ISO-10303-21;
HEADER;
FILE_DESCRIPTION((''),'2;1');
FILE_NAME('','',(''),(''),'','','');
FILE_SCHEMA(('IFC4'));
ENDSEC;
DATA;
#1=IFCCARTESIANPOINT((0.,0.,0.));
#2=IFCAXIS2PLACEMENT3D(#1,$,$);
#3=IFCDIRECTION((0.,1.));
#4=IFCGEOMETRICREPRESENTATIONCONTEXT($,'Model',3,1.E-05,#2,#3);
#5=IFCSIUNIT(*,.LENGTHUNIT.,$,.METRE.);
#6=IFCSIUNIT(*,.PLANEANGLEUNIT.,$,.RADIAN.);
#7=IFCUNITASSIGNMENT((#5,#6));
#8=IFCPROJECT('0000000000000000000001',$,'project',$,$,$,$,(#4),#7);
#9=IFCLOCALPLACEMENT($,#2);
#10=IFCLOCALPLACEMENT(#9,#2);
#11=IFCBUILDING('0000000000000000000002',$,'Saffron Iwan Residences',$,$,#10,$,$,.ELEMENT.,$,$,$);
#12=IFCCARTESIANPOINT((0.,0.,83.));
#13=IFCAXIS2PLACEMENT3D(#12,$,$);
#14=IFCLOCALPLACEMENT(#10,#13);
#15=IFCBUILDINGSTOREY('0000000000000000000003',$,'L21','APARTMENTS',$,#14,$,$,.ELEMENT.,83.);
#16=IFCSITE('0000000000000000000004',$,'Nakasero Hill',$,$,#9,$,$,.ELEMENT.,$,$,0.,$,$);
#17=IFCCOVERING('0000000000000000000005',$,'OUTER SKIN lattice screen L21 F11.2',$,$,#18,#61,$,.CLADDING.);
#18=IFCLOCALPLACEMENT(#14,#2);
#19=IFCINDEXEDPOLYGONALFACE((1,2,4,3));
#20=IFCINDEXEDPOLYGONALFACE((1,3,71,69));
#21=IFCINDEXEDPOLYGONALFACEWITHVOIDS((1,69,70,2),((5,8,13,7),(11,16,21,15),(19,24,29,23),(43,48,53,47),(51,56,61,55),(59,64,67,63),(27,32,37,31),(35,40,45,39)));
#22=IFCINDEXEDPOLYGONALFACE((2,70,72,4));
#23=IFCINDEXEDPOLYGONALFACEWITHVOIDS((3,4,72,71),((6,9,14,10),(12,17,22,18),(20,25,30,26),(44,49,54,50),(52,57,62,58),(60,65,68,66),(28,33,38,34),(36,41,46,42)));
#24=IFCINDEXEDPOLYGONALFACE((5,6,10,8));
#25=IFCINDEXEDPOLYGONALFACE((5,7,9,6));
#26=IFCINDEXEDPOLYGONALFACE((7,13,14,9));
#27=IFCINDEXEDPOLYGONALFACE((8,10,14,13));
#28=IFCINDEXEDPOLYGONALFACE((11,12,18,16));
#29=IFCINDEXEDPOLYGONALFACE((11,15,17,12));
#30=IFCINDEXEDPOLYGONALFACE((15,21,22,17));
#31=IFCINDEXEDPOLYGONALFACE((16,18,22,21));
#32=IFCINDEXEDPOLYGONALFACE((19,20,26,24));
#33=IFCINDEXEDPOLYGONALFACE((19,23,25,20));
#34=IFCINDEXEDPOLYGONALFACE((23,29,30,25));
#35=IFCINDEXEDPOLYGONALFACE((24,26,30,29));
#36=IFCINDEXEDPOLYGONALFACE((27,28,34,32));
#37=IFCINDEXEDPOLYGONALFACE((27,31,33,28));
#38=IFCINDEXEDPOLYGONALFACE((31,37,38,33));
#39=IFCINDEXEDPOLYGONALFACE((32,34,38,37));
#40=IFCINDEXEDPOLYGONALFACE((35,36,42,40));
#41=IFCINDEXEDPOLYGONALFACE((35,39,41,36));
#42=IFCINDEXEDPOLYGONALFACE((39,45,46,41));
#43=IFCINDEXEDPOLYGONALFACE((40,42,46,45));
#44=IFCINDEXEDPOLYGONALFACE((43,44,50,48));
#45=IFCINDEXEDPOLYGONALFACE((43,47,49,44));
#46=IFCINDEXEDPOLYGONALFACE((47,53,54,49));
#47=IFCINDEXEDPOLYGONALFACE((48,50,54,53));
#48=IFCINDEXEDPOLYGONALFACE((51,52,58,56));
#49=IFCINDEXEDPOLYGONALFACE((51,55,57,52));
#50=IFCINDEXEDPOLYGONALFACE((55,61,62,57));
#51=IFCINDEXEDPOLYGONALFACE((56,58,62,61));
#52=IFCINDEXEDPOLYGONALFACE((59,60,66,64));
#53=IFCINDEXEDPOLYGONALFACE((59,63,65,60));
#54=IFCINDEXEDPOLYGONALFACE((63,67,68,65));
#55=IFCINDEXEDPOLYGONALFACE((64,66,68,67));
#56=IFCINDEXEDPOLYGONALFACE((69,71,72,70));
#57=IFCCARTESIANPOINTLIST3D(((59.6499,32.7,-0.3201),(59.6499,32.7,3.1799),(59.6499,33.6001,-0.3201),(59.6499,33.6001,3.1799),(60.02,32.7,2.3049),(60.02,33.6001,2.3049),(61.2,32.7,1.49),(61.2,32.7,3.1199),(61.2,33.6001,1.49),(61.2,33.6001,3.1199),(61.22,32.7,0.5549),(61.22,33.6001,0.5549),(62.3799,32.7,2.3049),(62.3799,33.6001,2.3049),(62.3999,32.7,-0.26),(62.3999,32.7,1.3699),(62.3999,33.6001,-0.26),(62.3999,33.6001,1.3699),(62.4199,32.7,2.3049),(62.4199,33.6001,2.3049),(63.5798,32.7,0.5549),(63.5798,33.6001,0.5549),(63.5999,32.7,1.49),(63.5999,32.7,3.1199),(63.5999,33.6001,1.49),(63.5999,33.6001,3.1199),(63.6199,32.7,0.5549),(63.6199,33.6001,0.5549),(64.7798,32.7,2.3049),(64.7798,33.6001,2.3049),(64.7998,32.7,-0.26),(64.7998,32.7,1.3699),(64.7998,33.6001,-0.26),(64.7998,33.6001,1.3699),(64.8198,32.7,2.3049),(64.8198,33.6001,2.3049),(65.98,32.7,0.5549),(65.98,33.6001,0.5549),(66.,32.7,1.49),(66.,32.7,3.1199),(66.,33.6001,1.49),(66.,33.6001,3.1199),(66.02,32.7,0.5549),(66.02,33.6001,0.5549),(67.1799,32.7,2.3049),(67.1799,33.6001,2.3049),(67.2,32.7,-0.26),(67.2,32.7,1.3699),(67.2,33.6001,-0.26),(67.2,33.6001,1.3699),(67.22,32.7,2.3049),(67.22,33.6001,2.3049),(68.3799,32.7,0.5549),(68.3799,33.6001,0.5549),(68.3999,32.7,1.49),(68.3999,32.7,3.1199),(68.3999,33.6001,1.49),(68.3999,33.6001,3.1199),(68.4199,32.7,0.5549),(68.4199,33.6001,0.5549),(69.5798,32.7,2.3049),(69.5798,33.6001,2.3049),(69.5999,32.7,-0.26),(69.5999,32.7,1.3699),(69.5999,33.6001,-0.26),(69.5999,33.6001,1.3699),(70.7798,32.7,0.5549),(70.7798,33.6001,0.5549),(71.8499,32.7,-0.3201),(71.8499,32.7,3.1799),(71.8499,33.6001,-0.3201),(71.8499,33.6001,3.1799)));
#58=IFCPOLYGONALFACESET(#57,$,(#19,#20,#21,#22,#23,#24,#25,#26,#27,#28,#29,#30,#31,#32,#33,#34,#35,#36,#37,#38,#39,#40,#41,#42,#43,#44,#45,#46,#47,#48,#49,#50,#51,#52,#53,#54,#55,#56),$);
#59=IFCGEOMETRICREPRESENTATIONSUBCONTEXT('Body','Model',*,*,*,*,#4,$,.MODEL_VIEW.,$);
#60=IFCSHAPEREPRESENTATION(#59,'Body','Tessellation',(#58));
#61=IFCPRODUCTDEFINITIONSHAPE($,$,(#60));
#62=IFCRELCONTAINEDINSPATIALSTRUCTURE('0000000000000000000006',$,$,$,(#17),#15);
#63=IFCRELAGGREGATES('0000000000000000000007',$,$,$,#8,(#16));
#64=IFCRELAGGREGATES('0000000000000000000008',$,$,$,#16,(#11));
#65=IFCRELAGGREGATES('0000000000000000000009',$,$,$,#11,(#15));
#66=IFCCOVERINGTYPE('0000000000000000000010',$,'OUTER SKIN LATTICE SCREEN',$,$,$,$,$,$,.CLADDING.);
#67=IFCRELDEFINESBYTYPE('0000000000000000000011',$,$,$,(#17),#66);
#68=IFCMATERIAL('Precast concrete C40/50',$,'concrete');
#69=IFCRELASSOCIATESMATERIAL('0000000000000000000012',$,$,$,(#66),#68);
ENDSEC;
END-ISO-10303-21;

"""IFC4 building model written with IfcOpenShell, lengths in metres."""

from ifc_helpers import new_model, si_unit, direction, frame, origin, place, context, subcontext, project, spatial, polyline, outline, extrude, material, type_object, element, save


model = new_model("IFC4")

# Units and contexts
model_context = context("Model", 3, precision=1e-05, world=origin(), true_north=direction((0.0, 1.0)))
body_context = subcontext(model_context, "Body", "Model", "MODEL_VIEW")
ifc_project = project(units=[si_unit("LENGTHUNIT", "METRE"), si_unit("PLANEANGLEUNIT", "RADIAN")], contexts=[model_context])

# Site, building, storey
site_placement = place(None, origin())
site = spatial("IfcSite", under=ifc_project, at=site_placement, Name="Nakasero Hill", CompositionType="ELEMENT", RefElevation=0.0)
building_placement = place(site_placement, origin())
building = spatial("IfcBuilding", under=site, at=building_placement, Name="Saffron Iwan Residences", CompositionType="ELEMENT")
storey_placement = place(building_placement, frame((0.0, 0.0, 83.0)))
storey = spatial("IfcBuildingStorey", under=building, at=storey_placement, Name="L21", Description="APARTMENTS", CompositionType="ELEMENT", Elevation=83.0)

# Covering
ifc_material_1 = material(Name="Precast concrete C40/50", Category="concrete")
covering_type = type_object("IfcCoveringType", Name="OUTER SKIN LATTICE SCREEN", PredefinedType="CLADDING", material=ifc_material_1)
covering_placement = place(storey_placement, frame((59.6499, 33.6001, -0.3201), z_axis=(0.0, -1.0, 0.0), x_axis=(1.0, 0.0, 0.0)))
element("IfcCovering", 1, at=covering_placement, inside=storey, type_object=covering_type, Name="OUTER SKIN lattice screen L21 F11.2", PredefinedType="CLADDING", context=body_context, shape_type="SweptSolid", body=[
    extrude(outline(polyline([(0.0, 0.0), (12.2, 0.0), (12.2, 3.5), (0.0, 3.5), (0.0, 0.0)]), holes=[polyline([(1.5701, 0.875), (2.75, 0.0601), (3.9299, 0.875), (2.75, 1.6899), (1.5701, 0.875)]), polyline([(3.97, 0.875), (5.1499, 0.0601), (6.3301, 0.875), (5.1499, 1.6899), (3.97, 0.875)]), polyline([(6.3701, 0.875), (7.55, 0.0601), (8.73, 0.875), (7.55, 1.6899), (6.3701, 0.875)]), polyline([(8.77, 0.875), (9.95, 0.0601), (11.1299, 0.875), (9.95, 1.6899), (8.77, 0.875)]), polyline([(0.3701, 2.625), (1.55, 1.8101), (2.73, 2.625), (1.55, 3.4399), (0.3701, 2.625)]), polyline([(2.77, 2.625), (3.95, 1.8101), (5.1299, 2.625), (3.95, 3.4399), (2.77, 2.625)]), polyline([(5.1699, 2.625), (6.3501, 1.8101), (7.53, 2.625), (6.3501, 3.4399), (5.1699, 2.625)]), polyline([(7.5701, 2.625), (8.75, 1.8101), (9.9299, 2.625), (8.75, 3.4399), (7.5701, 2.625)])]), origin(), (0.0, 0.0, 1.0), 0.9001),
])

save(model, "model.ifc")
